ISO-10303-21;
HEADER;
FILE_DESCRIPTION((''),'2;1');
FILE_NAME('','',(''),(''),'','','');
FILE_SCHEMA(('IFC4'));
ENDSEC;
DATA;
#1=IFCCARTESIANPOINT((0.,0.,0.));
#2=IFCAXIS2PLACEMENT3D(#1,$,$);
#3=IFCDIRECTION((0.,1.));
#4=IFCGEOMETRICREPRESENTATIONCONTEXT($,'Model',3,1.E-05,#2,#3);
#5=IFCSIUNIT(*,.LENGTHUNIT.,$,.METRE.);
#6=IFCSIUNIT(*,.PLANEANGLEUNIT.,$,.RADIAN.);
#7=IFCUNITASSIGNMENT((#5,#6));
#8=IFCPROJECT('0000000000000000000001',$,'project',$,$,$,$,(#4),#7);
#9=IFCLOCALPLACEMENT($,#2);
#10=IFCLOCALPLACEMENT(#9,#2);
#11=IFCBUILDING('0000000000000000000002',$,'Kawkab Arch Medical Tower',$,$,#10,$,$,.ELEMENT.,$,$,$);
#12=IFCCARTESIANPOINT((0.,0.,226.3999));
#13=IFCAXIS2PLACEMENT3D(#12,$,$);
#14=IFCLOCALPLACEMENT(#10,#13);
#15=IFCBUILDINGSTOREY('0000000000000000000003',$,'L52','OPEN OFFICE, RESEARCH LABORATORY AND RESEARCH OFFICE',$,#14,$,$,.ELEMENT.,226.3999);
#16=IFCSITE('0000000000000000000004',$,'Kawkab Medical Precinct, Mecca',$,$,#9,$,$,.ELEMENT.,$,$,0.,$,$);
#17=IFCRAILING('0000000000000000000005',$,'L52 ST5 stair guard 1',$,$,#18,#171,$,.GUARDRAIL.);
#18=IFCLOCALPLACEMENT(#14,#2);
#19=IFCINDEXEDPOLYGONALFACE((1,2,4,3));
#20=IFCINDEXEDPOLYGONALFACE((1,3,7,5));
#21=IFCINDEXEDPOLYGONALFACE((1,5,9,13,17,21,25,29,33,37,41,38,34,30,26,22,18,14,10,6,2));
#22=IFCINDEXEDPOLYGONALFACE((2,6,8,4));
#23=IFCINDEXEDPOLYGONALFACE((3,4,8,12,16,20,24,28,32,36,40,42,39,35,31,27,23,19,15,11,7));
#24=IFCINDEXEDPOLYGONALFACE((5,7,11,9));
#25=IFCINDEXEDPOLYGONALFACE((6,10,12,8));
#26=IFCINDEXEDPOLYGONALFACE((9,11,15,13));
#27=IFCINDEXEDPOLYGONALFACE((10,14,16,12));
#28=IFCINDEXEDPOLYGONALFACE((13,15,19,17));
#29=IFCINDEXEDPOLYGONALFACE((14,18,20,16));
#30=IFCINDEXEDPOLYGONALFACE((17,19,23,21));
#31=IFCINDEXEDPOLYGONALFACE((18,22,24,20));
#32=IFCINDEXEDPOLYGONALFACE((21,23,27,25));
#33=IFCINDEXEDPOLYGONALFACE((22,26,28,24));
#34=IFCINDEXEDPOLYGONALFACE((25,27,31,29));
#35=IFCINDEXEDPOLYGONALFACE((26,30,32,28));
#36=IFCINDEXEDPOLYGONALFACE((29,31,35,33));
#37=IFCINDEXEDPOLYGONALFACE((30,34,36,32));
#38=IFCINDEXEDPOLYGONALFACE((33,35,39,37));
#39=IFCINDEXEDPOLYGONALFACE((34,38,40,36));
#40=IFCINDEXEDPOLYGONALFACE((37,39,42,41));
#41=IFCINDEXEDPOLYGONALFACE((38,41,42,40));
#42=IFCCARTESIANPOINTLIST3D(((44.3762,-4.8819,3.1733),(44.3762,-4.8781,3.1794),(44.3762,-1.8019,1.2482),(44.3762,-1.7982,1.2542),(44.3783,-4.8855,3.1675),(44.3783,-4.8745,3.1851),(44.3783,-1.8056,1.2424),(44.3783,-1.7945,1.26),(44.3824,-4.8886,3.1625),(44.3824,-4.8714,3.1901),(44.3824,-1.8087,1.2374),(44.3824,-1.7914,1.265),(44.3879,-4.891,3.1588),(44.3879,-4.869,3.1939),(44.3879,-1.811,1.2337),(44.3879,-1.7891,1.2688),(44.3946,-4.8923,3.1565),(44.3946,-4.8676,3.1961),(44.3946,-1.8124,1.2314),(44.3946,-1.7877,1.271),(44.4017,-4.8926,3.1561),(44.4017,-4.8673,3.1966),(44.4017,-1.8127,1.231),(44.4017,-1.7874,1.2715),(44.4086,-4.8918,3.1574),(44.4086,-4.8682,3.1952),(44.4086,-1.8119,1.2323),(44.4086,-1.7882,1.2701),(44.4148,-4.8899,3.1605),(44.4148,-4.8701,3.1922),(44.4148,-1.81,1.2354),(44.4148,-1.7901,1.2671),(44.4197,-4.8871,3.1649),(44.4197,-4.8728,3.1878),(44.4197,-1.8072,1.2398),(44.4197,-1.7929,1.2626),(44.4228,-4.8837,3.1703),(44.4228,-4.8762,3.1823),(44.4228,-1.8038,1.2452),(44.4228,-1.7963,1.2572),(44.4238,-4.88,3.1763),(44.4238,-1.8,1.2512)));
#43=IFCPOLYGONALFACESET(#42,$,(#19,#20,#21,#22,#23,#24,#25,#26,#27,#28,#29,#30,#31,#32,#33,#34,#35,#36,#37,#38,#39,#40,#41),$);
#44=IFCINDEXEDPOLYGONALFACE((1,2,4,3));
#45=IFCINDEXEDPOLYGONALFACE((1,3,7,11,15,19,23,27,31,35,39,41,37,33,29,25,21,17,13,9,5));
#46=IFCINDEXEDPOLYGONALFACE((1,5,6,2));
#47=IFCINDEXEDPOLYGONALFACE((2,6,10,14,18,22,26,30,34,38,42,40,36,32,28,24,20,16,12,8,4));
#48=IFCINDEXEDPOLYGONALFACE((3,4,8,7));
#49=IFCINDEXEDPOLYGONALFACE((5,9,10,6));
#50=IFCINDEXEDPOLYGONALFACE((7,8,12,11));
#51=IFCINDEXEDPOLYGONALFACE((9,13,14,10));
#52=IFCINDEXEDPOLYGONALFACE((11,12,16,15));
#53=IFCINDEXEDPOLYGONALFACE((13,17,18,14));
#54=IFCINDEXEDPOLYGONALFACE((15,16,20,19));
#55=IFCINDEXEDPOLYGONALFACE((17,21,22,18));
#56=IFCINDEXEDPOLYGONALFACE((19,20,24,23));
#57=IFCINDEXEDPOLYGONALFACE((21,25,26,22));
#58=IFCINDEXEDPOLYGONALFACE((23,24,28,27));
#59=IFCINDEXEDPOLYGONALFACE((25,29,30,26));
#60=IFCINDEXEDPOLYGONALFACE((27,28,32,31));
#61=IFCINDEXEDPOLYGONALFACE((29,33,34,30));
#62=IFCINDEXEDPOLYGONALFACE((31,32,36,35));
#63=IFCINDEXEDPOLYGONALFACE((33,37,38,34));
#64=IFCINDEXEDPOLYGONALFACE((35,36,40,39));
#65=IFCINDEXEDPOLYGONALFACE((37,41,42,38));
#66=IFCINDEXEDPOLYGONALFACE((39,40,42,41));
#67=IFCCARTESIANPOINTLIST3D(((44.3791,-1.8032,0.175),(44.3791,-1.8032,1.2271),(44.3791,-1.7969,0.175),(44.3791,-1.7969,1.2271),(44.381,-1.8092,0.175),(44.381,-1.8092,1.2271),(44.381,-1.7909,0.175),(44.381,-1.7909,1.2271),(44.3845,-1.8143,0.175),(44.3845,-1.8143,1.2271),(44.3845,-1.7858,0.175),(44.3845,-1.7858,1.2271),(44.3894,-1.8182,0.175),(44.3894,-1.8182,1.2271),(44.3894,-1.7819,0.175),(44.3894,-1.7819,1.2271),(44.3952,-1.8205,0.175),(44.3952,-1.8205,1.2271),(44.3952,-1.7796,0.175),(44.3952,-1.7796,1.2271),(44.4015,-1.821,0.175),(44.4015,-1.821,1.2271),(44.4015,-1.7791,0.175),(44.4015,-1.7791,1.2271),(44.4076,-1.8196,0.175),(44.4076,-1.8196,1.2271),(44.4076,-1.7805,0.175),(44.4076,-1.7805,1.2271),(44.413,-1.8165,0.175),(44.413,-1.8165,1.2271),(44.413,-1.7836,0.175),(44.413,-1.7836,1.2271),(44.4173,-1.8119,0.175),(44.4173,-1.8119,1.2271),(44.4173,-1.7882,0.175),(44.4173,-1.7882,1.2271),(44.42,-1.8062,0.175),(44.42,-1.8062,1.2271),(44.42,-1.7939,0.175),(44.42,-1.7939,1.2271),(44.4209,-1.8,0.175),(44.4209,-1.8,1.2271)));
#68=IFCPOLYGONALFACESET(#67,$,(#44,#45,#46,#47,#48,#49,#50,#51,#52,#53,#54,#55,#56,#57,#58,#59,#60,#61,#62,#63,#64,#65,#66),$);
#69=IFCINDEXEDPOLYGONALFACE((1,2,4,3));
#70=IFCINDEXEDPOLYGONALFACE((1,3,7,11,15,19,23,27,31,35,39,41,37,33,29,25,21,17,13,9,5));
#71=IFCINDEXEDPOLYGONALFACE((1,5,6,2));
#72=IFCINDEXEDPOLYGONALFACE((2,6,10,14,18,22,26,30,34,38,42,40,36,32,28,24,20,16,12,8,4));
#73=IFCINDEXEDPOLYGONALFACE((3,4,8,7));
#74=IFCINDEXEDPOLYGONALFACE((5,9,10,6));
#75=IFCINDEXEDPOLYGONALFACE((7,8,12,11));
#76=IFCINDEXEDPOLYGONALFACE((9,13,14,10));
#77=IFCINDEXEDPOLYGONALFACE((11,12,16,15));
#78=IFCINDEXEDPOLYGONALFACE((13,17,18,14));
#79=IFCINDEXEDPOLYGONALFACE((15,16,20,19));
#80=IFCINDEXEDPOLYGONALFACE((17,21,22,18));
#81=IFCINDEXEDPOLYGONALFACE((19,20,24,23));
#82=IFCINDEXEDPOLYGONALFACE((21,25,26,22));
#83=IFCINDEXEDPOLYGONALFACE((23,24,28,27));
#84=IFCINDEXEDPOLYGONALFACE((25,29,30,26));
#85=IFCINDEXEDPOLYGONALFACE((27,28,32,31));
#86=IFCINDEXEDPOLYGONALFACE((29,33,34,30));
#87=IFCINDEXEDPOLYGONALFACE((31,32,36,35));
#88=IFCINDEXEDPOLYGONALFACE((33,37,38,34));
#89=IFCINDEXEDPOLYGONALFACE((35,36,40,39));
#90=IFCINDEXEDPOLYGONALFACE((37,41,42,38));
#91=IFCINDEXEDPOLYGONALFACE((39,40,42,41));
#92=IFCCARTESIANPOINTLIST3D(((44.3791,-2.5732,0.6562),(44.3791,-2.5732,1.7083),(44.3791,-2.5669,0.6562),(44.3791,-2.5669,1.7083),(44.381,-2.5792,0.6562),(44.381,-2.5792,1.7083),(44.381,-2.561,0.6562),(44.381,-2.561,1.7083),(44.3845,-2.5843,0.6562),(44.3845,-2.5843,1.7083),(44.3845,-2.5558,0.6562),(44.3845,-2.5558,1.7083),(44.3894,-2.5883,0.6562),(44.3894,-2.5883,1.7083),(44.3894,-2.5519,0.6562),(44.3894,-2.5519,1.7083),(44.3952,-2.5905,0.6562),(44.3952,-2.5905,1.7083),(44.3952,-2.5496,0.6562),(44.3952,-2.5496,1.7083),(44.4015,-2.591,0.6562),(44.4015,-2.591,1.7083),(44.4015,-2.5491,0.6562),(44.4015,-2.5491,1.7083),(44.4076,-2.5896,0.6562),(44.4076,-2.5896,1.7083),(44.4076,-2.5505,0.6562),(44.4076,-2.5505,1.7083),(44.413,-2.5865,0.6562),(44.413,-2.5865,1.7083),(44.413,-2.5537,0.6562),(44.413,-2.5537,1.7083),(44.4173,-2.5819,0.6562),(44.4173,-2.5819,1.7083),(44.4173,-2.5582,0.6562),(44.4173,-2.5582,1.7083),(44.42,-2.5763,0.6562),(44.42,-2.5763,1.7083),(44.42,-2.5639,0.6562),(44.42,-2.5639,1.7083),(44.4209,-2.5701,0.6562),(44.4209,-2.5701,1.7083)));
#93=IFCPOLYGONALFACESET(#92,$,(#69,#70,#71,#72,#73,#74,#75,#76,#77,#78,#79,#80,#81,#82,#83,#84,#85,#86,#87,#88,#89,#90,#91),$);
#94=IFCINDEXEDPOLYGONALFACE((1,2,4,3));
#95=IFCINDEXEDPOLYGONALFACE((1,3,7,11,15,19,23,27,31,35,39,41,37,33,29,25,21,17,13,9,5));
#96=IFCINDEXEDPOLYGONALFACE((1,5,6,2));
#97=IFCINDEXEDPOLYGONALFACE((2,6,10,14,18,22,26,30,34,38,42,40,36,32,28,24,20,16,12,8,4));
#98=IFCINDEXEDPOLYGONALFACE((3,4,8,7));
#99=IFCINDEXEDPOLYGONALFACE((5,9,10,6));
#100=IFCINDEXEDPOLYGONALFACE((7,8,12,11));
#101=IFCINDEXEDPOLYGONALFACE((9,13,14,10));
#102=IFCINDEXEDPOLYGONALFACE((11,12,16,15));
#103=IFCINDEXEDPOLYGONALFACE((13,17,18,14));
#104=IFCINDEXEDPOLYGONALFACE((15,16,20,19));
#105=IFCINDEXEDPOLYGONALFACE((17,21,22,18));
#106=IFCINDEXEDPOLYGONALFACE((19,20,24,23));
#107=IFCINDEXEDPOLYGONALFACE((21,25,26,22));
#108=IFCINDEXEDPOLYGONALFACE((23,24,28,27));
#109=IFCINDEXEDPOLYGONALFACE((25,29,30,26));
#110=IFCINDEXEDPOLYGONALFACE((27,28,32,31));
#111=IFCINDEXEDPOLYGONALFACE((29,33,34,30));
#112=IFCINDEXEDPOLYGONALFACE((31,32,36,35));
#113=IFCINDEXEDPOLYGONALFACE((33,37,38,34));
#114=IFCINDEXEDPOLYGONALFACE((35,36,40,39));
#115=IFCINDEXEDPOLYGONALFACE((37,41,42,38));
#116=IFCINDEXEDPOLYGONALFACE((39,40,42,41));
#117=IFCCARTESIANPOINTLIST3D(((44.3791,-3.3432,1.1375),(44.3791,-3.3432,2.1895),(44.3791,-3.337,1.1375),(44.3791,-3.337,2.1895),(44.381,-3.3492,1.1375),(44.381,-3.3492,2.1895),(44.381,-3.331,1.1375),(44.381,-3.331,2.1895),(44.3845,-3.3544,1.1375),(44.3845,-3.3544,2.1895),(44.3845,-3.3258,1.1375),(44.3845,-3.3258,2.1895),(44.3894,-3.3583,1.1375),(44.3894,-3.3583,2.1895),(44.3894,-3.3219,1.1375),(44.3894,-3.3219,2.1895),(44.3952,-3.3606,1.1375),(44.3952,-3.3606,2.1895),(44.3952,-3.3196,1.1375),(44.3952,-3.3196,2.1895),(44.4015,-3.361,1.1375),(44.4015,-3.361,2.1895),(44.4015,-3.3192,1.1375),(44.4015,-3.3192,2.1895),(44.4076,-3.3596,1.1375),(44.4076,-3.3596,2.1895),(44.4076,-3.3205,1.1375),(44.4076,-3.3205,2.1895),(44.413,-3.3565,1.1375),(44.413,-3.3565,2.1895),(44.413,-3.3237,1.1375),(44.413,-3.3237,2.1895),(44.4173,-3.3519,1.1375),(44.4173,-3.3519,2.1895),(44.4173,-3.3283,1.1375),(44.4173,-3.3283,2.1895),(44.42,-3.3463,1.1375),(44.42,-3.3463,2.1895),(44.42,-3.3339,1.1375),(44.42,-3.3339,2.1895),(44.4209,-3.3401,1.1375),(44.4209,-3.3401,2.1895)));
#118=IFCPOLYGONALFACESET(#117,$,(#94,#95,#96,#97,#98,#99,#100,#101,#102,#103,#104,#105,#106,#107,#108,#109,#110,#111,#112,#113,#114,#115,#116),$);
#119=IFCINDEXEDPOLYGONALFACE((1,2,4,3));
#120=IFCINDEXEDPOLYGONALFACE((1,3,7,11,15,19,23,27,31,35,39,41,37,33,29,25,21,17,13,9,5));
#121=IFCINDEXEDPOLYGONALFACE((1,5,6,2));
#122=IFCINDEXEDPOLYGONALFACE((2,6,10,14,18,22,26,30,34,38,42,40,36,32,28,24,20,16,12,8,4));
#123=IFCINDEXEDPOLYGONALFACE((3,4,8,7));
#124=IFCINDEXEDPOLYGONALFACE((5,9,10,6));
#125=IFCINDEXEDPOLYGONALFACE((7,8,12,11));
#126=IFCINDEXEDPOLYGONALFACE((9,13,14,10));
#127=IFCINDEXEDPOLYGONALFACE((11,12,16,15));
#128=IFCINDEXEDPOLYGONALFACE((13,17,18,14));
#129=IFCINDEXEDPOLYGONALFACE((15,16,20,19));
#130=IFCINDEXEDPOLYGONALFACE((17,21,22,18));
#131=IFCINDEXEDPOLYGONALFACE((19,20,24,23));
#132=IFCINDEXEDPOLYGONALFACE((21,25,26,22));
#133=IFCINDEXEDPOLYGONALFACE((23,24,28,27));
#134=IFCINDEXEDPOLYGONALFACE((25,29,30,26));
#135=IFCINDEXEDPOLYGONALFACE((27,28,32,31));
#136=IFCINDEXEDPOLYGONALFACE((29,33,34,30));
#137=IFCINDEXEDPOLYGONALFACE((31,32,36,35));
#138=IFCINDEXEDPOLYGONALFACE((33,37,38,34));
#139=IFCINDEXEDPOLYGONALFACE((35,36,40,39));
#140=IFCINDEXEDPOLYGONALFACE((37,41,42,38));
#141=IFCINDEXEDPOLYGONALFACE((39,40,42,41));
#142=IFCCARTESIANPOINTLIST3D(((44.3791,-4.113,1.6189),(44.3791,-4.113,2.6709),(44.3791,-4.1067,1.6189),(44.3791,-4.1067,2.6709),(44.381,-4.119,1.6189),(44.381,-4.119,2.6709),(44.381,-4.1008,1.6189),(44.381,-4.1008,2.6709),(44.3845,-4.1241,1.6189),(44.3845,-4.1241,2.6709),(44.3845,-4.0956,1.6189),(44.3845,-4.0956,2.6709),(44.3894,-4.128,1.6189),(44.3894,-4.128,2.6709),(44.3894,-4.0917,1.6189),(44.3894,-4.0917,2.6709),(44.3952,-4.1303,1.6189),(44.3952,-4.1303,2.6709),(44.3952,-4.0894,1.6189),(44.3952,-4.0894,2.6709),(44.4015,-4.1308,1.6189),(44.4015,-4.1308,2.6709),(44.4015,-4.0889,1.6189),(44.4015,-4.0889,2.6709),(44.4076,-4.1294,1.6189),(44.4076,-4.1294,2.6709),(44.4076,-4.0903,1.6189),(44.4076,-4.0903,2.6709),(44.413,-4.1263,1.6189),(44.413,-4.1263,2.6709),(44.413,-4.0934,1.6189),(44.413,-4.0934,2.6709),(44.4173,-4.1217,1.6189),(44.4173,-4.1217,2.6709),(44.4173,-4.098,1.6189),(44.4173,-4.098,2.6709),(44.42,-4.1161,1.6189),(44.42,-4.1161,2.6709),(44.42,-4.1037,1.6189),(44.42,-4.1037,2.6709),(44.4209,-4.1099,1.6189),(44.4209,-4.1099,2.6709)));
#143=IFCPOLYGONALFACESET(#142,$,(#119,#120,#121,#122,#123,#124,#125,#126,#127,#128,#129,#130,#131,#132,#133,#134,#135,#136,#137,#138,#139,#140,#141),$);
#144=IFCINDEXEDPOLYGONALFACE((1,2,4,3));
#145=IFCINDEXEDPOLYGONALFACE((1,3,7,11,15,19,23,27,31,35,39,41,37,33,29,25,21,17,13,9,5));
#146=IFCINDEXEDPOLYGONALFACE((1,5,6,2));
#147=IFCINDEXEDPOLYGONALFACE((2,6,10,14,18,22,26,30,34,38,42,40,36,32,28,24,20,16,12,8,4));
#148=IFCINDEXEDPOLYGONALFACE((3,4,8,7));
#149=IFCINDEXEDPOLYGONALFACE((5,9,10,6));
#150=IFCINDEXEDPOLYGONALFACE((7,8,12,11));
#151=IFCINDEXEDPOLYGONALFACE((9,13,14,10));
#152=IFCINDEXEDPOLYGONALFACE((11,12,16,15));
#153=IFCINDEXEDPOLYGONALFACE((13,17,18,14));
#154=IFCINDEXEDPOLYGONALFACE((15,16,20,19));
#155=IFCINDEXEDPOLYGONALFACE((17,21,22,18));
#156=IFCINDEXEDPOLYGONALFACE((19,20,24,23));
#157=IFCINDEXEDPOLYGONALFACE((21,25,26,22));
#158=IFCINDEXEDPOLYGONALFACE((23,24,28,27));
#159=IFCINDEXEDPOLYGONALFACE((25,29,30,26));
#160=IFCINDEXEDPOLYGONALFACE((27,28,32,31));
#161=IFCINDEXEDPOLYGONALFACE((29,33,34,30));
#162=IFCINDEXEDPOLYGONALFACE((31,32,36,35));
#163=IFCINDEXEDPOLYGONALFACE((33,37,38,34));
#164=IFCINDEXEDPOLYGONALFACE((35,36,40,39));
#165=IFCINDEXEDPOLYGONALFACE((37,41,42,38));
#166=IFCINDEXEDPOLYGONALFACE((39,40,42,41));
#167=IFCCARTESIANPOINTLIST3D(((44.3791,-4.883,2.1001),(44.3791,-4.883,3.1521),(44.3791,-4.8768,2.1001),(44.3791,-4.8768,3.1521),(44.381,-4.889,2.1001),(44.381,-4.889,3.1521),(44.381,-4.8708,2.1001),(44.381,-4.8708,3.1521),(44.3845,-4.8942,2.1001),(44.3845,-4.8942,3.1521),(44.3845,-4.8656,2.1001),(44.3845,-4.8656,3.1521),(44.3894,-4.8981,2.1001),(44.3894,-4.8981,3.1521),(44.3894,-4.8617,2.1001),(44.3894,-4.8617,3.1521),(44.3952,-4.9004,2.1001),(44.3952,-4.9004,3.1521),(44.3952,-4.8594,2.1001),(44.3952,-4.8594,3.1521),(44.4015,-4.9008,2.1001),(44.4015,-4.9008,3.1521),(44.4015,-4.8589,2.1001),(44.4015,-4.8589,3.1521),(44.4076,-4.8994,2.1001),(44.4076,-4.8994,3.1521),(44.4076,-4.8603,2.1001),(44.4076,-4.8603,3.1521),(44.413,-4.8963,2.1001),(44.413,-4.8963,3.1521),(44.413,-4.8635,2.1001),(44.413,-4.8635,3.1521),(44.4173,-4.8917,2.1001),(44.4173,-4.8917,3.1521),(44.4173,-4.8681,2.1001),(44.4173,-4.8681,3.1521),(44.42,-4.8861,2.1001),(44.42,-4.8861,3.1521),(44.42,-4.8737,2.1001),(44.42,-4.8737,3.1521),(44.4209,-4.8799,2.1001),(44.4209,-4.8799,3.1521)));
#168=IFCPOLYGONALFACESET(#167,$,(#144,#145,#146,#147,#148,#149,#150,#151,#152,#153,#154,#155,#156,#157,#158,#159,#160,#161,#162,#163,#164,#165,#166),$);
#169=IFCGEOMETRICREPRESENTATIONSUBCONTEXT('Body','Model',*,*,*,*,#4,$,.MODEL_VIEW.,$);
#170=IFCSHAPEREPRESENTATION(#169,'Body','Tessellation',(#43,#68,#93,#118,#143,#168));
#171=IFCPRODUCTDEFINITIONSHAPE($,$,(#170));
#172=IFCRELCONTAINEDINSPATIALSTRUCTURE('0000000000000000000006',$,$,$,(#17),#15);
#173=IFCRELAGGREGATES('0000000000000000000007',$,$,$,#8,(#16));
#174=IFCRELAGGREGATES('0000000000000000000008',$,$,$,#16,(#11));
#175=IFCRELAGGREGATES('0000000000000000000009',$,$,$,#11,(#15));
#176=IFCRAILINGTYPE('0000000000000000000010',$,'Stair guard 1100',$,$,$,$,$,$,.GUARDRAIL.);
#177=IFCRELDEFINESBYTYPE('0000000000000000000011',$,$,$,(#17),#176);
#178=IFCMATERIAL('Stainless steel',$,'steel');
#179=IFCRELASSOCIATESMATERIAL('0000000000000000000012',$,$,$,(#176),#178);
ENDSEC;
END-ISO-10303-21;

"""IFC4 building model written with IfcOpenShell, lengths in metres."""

from ifc_helpers import new_model, si_unit, direction, frame, origin, origin_2d, place, context, subcontext, project, spatial, circle, extrude, material, type_object, element, save


model = new_model("IFC4")

# Units and contexts
model_context = context("Model", 3, precision=1e-05, world=origin(), true_north=direction((0.0, 1.0)))
body_context = subcontext(model_context, "Body", "Model", "MODEL_VIEW")
ifc_project = project(units=[si_unit("LENGTHUNIT", "METRE"), si_unit("PLANEANGLEUNIT", "RADIAN")], contexts=[model_context])

# Site, building, storey
site_placement = place(None, origin())
site = spatial("IfcSite", under=ifc_project, at=site_placement, Name="Kawkab Medical Precinct, Mecca", CompositionType="ELEMENT", RefElevation=0.0)
building_placement = place(site_placement, origin())
building = spatial("IfcBuilding", under=site, at=building_placement, Name="Kawkab Arch Medical Tower", CompositionType="ELEMENT")
storey_placement = place(building_placement, frame((0.0, 0.0, 226.3999)))
storey = spatial("IfcBuildingStorey", under=building, at=storey_placement, Name="L52", Description="OPEN OFFICE, RESEARCH LABORATORY AND RESEARCH OFFICE", CompositionType="ELEMENT", Elevation=226.3999)

# Railing
ifc_material_1 = material(Name="Stainless steel", Category="steel")
railing_type_1 = type_object("IfcRailingType", Name="Stair guard 1100", PredefinedType="GUARDRAIL", material=ifc_material_1)
railing_1_placement = place(storey_placement, frame((44.3999, -1.8, 0.175)))
element("IfcRailing", 1, at=railing_1_placement, inside=storey, type_object=railing_type_1, Name="L52 ST5 stair guard 1", PredefinedType="GUARDRAIL", context=body_context, shape_type="SweptSolid", body=[
    extrude(circle(Radius=0.0239, at=origin_2d()), frame((0.0, 0.0, 1.0762), z_axis=(0.0, -0.847979, 0.530029), x_axis=(1.0, 0.0, 0.0)), (0.0, 0.0, 1.0), 3.6321),
    extrude(circle(Radius=0.021, at=origin_2d()), origin(), (0.0, 0.0, 1.0), 1.052),
    extrude(circle(Radius=0.021, at=origin_2d()), frame((0.0, -0.77, 0.4812)), (0.0, 0.0, 1.0), 1.052),
    extrude(circle(Radius=0.021, at=origin_2d()), frame((0.0, -1.54, 0.9624)), (0.0, 0.0, 1.0), 1.052),
    extrude(circle(Radius=0.021, at=origin_2d()), frame((0.0, -2.3098, 1.4438)), (0.0, 0.0, 1.0), 1.052),
    extrude(circle(Radius=0.021, at=origin_2d()), frame((0.0, -3.0798, 1.925)), (0.0, 0.0, 1.0), 1.052),
])

save(model, "model.ifc")
